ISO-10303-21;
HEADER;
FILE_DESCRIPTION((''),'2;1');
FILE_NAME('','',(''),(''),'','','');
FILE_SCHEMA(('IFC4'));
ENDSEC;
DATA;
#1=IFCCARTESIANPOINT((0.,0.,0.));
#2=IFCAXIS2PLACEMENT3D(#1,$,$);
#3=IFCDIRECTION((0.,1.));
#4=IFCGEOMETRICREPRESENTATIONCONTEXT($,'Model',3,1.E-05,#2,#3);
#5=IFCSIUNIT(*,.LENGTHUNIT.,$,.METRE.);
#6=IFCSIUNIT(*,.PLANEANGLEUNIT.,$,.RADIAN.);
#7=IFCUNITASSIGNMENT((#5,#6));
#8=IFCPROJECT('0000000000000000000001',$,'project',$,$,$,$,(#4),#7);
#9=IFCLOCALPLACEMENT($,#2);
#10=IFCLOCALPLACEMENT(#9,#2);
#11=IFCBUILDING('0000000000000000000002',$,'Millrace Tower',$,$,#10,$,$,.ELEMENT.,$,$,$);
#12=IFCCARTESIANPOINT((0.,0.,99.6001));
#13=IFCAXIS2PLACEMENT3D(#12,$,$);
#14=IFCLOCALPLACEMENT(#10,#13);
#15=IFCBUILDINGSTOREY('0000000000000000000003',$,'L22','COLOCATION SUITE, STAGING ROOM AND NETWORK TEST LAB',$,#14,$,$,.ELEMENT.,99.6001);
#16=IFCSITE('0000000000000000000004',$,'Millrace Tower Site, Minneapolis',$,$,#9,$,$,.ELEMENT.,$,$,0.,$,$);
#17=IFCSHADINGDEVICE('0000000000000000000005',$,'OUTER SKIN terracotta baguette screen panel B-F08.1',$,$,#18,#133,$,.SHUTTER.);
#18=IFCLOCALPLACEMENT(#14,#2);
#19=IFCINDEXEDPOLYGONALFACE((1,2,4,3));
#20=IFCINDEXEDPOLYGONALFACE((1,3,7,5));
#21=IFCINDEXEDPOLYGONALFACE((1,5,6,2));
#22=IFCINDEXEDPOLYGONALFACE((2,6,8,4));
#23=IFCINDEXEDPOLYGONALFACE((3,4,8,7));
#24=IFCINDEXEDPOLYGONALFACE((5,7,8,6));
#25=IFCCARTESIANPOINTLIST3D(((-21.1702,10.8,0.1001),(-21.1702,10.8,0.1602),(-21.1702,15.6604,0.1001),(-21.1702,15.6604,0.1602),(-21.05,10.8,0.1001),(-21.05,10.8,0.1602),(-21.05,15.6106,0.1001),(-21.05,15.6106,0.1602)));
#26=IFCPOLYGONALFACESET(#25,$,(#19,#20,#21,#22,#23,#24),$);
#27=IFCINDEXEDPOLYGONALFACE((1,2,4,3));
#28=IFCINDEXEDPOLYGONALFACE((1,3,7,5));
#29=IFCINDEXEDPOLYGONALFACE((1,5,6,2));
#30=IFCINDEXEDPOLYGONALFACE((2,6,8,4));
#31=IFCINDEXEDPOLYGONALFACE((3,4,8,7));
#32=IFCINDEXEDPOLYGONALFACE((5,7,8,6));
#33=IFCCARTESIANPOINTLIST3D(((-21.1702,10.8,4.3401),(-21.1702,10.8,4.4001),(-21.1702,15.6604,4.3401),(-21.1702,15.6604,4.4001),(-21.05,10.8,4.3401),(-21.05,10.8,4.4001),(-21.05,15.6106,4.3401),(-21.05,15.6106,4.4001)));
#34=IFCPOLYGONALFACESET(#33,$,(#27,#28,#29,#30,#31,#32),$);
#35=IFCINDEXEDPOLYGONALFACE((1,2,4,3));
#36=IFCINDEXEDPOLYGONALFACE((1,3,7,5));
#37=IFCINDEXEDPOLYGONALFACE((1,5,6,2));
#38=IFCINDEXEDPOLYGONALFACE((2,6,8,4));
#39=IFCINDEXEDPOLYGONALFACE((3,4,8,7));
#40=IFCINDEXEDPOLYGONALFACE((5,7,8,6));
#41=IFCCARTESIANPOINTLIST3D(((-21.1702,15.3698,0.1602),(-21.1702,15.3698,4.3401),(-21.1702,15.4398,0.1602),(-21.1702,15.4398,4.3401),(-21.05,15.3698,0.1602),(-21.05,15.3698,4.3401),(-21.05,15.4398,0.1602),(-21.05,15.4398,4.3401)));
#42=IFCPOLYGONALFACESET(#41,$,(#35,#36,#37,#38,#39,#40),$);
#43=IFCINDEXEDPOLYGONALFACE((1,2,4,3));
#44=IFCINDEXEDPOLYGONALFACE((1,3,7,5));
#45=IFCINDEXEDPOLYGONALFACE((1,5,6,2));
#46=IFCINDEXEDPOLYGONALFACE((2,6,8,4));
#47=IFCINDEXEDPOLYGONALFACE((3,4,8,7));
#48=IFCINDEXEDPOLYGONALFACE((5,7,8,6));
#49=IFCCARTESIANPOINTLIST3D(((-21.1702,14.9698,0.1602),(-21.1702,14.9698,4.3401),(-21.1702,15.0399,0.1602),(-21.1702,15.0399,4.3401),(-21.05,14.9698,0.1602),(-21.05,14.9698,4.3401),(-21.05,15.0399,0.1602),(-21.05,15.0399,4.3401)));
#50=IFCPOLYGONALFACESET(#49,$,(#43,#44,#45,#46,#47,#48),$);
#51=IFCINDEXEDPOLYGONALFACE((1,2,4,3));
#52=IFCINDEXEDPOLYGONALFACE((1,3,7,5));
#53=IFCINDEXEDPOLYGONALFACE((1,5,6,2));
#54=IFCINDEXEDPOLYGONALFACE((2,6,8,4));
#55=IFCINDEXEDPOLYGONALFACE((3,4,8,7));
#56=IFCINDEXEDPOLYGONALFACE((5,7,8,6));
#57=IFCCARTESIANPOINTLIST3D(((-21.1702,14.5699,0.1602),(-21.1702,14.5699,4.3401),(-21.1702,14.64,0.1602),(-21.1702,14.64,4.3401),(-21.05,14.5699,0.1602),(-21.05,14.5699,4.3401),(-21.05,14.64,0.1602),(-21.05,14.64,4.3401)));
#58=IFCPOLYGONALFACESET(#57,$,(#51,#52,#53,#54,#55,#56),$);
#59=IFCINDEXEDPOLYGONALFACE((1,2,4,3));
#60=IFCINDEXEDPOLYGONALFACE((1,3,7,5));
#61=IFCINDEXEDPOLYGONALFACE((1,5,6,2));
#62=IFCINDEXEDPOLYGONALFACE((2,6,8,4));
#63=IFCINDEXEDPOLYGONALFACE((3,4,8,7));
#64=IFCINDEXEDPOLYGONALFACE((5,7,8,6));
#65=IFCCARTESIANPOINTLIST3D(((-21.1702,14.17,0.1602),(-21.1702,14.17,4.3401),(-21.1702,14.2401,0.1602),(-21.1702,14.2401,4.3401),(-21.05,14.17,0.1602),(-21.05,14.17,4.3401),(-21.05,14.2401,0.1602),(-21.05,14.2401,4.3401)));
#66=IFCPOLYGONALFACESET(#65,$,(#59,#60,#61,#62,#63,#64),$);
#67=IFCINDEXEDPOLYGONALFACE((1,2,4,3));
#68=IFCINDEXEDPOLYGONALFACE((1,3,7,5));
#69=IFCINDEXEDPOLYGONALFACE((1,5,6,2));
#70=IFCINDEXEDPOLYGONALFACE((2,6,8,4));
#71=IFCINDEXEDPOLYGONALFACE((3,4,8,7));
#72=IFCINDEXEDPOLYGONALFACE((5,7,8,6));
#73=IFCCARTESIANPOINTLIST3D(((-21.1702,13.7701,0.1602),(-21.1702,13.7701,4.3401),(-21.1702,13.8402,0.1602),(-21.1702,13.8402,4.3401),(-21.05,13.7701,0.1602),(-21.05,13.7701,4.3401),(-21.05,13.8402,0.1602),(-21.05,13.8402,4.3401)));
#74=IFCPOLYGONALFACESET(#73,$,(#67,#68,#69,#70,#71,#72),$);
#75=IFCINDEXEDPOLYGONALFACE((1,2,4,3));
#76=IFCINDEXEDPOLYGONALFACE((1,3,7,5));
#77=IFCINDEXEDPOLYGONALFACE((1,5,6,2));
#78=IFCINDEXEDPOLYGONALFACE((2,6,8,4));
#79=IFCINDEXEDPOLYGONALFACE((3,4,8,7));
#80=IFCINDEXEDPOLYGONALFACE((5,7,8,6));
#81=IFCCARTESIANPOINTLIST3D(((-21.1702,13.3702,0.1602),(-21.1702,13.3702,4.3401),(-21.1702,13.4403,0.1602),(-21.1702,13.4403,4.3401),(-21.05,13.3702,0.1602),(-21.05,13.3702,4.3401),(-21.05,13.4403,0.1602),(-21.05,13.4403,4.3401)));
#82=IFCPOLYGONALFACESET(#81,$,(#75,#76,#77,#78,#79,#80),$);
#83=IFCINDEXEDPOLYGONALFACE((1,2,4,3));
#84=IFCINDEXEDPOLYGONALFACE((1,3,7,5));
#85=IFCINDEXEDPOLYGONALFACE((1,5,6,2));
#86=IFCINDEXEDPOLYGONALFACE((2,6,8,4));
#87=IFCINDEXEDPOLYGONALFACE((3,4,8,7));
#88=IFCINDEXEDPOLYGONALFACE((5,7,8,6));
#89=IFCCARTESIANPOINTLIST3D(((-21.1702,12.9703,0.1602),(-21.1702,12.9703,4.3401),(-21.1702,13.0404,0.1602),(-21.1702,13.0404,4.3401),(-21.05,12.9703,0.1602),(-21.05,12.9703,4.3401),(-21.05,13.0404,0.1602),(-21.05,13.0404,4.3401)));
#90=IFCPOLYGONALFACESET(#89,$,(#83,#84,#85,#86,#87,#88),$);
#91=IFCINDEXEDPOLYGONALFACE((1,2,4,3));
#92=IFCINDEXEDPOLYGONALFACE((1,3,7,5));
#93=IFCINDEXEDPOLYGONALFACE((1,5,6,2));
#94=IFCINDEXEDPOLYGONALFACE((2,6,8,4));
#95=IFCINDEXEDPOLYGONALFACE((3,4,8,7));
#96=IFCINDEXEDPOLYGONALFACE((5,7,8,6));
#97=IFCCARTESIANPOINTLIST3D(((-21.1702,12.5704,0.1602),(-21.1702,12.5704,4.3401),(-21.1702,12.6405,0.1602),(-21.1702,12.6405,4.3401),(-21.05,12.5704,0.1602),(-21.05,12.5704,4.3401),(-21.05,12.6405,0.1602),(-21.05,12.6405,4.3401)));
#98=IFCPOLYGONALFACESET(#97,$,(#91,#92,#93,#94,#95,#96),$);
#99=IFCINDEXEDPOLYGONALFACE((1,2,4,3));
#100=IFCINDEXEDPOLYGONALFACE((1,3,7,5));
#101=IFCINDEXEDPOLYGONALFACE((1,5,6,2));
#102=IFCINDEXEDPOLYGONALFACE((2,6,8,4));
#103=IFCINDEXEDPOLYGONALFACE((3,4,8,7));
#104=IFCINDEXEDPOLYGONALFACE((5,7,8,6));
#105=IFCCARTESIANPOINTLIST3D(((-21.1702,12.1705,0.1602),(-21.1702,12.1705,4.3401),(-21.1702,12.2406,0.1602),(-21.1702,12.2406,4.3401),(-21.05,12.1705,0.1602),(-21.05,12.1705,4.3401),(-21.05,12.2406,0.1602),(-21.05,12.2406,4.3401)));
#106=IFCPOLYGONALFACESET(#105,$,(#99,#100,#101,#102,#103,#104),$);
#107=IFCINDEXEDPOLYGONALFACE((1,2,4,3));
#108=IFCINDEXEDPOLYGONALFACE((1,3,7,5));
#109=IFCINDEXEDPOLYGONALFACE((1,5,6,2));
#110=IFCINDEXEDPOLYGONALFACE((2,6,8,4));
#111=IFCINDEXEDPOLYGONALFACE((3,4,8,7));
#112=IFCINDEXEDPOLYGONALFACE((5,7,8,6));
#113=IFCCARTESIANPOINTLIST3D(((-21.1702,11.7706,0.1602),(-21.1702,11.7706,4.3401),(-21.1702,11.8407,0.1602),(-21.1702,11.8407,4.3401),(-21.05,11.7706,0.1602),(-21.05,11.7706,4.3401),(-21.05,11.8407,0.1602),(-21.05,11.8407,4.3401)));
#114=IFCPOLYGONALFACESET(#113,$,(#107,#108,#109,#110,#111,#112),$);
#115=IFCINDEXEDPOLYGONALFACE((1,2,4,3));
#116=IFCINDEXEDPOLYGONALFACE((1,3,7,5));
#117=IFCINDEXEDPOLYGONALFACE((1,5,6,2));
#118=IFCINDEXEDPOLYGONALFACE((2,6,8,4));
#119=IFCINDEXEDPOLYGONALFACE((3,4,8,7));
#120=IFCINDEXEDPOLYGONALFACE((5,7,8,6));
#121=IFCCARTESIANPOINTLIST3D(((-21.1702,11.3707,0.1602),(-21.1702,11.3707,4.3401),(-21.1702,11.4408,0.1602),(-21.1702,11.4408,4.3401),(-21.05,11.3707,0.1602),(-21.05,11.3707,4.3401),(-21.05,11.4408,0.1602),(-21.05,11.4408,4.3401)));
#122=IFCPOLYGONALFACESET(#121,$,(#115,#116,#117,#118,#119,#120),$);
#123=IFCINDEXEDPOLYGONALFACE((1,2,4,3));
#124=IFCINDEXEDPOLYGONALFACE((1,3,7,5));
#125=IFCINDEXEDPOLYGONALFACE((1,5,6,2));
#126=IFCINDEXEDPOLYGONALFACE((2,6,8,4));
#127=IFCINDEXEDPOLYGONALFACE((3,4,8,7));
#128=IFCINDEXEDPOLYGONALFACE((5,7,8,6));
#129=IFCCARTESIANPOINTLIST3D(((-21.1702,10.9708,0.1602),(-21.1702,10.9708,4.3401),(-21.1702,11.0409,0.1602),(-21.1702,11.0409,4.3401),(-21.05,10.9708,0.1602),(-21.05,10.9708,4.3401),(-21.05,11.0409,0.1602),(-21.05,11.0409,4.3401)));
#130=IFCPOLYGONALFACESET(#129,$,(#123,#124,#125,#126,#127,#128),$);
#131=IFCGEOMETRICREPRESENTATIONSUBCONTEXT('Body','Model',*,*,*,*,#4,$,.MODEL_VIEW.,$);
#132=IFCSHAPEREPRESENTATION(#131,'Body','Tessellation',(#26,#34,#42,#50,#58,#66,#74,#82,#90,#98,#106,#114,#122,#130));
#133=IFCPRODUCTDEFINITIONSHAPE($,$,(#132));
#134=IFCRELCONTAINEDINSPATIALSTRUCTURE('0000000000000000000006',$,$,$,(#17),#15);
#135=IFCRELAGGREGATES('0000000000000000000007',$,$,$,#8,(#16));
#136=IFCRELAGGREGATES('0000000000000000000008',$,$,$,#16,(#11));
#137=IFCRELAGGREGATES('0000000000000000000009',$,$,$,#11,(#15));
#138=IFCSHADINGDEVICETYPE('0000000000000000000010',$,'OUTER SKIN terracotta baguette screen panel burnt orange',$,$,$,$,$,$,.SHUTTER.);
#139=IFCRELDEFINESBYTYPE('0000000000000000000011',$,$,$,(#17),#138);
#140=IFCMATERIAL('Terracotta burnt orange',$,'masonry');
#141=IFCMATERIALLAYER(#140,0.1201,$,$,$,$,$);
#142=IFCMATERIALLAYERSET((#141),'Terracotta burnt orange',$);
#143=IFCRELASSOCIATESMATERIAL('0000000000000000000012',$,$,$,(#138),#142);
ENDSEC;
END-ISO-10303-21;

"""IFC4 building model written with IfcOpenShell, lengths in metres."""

from ifc_helpers import new_model, entity, si_unit, direction, frame, frame_2d, origin, place, context, subcontext, project, spatial, rectangle, extrude, source, transform, mapped, material, layer, layer_set, type_object, element, save


model = new_model("IFC4")

# Units and contexts
model_context = context("Model", 3, precision=1e-05, world=origin(), true_north=direction((0.0, 1.0)))
body_context = subcontext(model_context, "Body", "Model", "MODEL_VIEW")
ifc_project = project(units=[si_unit("LENGTHUNIT", "METRE"), si_unit("PLANEANGLEUNIT", "RADIAN")], contexts=[model_context])

# Site, building, storey
site_placement = place(None, origin())
site = spatial("IfcSite", under=ifc_project, at=site_placement, Name="Millrace Tower Site, Minneapolis", CompositionType="ELEMENT", RefElevation=0.0)
building_placement = place(site_placement, origin())
building = spatial("IfcBuilding", under=site, at=building_placement, Name="Millrace Tower", CompositionType="ELEMENT")
storey_placement = place(building_placement, frame((0.0, 0.0, 99.6001)))
storey = spatial("IfcBuildingStorey", under=building, at=storey_placement, Name="L22", Description="COLOCATION SUITE, STAGING ROOM AND NETWORK TEST LAB", CompositionType="ELEMENT", Elevation=99.6001)

# Shading device
ifc_material_1 = material(Name="Terracotta burnt orange", Category="masonry")
ifc_layer_1 = layer(ifc_material_1, 0.1201)
ifc_layer_set_1 = layer_set([ifc_layer_1], Name="Terracotta burnt orange")
shading_device_type = type_object("IfcShadingDeviceType", Name="OUTER SKIN terracotta baguette screen panel burnt orange", PredefinedType="SHUTTER", material=ifc_layer_set_1)
cartesian_point_1 = entity("IfcCartesianPoint", [-2.3928, 0.0601])
shared_polyline_1 = entity("IfcPolyline", [cartesian_point_1, entity("IfcCartesianPoint", [2.4177, 0.0601]), entity("IfcCartesianPoint", [2.4177, -0.0601]), entity("IfcCartesianPoint", [-2.4426, -0.0601]), cartesian_point_1])
shared_shape_1 = source(origin(), body_context, "Body", "SweptSolid", [
    entity("IfcExtrudedAreaSolid", entity("IfcArbitraryClosedProfileDef", "AREA", None, shared_polyline_1), entity("IfcAxis2Placement3D", entity("IfcCartesianPoint", [0.0, 0.0, 0.0])), entity("IfcDirection", [0.0, 0.0, 1.0]), 0.0601),
    entity("IfcExtrudedAreaSolid", entity("IfcArbitraryClosedProfileDef", "AREA", None, shared_polyline_1), entity("IfcAxis2Placement3D", entity("IfcCartesianPoint", [0.0, 0.0, 4.24])), entity("IfcDirection", [0.0, 0.0, 1.0]), 0.0601),
    extrude(rectangle(XDim=0.0701, YDim=0.1201, at=frame_2d((-2.187, 0.0))), frame((0.0, 0.0, 0.0601)), (0.0, 0.0, 1.0), 4.1799),
    extrude(rectangle(XDim=0.0701, YDim=0.1201, at=frame_2d((-1.7871, 0.0))), frame((0.0, 0.0, 0.0601)), (0.0, 0.0, 1.0), 4.1799),
    extrude(rectangle(XDim=0.0701, YDim=0.1201, at=frame_2d((-1.3872, 0.0))), frame((0.0, 0.0, 0.0601)), (0.0, 0.0, 1.0), 4.1799),
    extrude(rectangle(XDim=0.0701, YDim=0.1201, at=frame_2d((-0.9873, 0.0))), frame((0.0, 0.0, 0.0601)), (0.0, 0.0, 1.0), 4.1799),
    extrude(rectangle(XDim=0.0701, YDim=0.1201, at=frame_2d((-0.5874, 0.0))), frame((0.0, 0.0, 0.0601)), (0.0, 0.0, 1.0), 4.1799),
    extrude(rectangle(XDim=0.0701, YDim=0.1201, at=frame_2d((-0.1875, 0.0))), frame((0.0, 0.0, 0.0601)), (0.0, 0.0, 1.0), 4.1799),
    extrude(rectangle(XDim=0.0701, YDim=0.1201, at=frame_2d((0.2124, 0.0))), frame((0.0, 0.0, 0.0601)), (0.0, 0.0, 1.0), 4.1799),
    extrude(rectangle(XDim=0.0701, YDim=0.1201, at=frame_2d((0.6123, 0.0))), frame((0.0, 0.0, 0.0601)), (0.0, 0.0, 1.0), 4.1799),
    extrude(rectangle(XDim=0.0701, YDim=0.1201, at=frame_2d((1.0122, 0.0))), frame((0.0, 0.0, 0.0601)), (0.0, 0.0, 1.0), 4.1799),
    extrude(rectangle(XDim=0.0701, YDim=0.1201, at=frame_2d((1.4121, 0.0))), frame((0.0, 0.0, 0.0601)), (0.0, 0.0, 1.0), 4.1799),
    extrude(rectangle(XDim=0.0701, YDim=0.1201, at=frame_2d((1.812, 0.0))), frame((0.0, 0.0, 0.0601)), (0.0, 0.0, 1.0), 4.1799),
    extrude(rectangle(XDim=0.0701, YDim=0.1201, at=frame_2d((2.2119, 0.0))), frame((0.0, 0.0, 0.0601)), (0.0, 0.0, 1.0), 4.1799),
])
shading_device_1_placement = place(storey_placement, frame((-21.1101, 13.2178, 0.1001), z_axis=(0.0, 0.0, 1.0), x_axis=(0.0, -1.0, 0.0)))
element("IfcShadingDevice", 1, at=shading_device_1_placement, inside=storey, type_object=shading_device_type, Name="OUTER SKIN terracotta baguette screen panel B-F08.1", PredefinedType="SHUTTER", context=body_context, shape_type="MappedRepresentation", body=[
    mapped(shared_shape_1, transform((0.0, 0.0, 0.0), scale=1.0)),
])

save(model, "model.ifc")
